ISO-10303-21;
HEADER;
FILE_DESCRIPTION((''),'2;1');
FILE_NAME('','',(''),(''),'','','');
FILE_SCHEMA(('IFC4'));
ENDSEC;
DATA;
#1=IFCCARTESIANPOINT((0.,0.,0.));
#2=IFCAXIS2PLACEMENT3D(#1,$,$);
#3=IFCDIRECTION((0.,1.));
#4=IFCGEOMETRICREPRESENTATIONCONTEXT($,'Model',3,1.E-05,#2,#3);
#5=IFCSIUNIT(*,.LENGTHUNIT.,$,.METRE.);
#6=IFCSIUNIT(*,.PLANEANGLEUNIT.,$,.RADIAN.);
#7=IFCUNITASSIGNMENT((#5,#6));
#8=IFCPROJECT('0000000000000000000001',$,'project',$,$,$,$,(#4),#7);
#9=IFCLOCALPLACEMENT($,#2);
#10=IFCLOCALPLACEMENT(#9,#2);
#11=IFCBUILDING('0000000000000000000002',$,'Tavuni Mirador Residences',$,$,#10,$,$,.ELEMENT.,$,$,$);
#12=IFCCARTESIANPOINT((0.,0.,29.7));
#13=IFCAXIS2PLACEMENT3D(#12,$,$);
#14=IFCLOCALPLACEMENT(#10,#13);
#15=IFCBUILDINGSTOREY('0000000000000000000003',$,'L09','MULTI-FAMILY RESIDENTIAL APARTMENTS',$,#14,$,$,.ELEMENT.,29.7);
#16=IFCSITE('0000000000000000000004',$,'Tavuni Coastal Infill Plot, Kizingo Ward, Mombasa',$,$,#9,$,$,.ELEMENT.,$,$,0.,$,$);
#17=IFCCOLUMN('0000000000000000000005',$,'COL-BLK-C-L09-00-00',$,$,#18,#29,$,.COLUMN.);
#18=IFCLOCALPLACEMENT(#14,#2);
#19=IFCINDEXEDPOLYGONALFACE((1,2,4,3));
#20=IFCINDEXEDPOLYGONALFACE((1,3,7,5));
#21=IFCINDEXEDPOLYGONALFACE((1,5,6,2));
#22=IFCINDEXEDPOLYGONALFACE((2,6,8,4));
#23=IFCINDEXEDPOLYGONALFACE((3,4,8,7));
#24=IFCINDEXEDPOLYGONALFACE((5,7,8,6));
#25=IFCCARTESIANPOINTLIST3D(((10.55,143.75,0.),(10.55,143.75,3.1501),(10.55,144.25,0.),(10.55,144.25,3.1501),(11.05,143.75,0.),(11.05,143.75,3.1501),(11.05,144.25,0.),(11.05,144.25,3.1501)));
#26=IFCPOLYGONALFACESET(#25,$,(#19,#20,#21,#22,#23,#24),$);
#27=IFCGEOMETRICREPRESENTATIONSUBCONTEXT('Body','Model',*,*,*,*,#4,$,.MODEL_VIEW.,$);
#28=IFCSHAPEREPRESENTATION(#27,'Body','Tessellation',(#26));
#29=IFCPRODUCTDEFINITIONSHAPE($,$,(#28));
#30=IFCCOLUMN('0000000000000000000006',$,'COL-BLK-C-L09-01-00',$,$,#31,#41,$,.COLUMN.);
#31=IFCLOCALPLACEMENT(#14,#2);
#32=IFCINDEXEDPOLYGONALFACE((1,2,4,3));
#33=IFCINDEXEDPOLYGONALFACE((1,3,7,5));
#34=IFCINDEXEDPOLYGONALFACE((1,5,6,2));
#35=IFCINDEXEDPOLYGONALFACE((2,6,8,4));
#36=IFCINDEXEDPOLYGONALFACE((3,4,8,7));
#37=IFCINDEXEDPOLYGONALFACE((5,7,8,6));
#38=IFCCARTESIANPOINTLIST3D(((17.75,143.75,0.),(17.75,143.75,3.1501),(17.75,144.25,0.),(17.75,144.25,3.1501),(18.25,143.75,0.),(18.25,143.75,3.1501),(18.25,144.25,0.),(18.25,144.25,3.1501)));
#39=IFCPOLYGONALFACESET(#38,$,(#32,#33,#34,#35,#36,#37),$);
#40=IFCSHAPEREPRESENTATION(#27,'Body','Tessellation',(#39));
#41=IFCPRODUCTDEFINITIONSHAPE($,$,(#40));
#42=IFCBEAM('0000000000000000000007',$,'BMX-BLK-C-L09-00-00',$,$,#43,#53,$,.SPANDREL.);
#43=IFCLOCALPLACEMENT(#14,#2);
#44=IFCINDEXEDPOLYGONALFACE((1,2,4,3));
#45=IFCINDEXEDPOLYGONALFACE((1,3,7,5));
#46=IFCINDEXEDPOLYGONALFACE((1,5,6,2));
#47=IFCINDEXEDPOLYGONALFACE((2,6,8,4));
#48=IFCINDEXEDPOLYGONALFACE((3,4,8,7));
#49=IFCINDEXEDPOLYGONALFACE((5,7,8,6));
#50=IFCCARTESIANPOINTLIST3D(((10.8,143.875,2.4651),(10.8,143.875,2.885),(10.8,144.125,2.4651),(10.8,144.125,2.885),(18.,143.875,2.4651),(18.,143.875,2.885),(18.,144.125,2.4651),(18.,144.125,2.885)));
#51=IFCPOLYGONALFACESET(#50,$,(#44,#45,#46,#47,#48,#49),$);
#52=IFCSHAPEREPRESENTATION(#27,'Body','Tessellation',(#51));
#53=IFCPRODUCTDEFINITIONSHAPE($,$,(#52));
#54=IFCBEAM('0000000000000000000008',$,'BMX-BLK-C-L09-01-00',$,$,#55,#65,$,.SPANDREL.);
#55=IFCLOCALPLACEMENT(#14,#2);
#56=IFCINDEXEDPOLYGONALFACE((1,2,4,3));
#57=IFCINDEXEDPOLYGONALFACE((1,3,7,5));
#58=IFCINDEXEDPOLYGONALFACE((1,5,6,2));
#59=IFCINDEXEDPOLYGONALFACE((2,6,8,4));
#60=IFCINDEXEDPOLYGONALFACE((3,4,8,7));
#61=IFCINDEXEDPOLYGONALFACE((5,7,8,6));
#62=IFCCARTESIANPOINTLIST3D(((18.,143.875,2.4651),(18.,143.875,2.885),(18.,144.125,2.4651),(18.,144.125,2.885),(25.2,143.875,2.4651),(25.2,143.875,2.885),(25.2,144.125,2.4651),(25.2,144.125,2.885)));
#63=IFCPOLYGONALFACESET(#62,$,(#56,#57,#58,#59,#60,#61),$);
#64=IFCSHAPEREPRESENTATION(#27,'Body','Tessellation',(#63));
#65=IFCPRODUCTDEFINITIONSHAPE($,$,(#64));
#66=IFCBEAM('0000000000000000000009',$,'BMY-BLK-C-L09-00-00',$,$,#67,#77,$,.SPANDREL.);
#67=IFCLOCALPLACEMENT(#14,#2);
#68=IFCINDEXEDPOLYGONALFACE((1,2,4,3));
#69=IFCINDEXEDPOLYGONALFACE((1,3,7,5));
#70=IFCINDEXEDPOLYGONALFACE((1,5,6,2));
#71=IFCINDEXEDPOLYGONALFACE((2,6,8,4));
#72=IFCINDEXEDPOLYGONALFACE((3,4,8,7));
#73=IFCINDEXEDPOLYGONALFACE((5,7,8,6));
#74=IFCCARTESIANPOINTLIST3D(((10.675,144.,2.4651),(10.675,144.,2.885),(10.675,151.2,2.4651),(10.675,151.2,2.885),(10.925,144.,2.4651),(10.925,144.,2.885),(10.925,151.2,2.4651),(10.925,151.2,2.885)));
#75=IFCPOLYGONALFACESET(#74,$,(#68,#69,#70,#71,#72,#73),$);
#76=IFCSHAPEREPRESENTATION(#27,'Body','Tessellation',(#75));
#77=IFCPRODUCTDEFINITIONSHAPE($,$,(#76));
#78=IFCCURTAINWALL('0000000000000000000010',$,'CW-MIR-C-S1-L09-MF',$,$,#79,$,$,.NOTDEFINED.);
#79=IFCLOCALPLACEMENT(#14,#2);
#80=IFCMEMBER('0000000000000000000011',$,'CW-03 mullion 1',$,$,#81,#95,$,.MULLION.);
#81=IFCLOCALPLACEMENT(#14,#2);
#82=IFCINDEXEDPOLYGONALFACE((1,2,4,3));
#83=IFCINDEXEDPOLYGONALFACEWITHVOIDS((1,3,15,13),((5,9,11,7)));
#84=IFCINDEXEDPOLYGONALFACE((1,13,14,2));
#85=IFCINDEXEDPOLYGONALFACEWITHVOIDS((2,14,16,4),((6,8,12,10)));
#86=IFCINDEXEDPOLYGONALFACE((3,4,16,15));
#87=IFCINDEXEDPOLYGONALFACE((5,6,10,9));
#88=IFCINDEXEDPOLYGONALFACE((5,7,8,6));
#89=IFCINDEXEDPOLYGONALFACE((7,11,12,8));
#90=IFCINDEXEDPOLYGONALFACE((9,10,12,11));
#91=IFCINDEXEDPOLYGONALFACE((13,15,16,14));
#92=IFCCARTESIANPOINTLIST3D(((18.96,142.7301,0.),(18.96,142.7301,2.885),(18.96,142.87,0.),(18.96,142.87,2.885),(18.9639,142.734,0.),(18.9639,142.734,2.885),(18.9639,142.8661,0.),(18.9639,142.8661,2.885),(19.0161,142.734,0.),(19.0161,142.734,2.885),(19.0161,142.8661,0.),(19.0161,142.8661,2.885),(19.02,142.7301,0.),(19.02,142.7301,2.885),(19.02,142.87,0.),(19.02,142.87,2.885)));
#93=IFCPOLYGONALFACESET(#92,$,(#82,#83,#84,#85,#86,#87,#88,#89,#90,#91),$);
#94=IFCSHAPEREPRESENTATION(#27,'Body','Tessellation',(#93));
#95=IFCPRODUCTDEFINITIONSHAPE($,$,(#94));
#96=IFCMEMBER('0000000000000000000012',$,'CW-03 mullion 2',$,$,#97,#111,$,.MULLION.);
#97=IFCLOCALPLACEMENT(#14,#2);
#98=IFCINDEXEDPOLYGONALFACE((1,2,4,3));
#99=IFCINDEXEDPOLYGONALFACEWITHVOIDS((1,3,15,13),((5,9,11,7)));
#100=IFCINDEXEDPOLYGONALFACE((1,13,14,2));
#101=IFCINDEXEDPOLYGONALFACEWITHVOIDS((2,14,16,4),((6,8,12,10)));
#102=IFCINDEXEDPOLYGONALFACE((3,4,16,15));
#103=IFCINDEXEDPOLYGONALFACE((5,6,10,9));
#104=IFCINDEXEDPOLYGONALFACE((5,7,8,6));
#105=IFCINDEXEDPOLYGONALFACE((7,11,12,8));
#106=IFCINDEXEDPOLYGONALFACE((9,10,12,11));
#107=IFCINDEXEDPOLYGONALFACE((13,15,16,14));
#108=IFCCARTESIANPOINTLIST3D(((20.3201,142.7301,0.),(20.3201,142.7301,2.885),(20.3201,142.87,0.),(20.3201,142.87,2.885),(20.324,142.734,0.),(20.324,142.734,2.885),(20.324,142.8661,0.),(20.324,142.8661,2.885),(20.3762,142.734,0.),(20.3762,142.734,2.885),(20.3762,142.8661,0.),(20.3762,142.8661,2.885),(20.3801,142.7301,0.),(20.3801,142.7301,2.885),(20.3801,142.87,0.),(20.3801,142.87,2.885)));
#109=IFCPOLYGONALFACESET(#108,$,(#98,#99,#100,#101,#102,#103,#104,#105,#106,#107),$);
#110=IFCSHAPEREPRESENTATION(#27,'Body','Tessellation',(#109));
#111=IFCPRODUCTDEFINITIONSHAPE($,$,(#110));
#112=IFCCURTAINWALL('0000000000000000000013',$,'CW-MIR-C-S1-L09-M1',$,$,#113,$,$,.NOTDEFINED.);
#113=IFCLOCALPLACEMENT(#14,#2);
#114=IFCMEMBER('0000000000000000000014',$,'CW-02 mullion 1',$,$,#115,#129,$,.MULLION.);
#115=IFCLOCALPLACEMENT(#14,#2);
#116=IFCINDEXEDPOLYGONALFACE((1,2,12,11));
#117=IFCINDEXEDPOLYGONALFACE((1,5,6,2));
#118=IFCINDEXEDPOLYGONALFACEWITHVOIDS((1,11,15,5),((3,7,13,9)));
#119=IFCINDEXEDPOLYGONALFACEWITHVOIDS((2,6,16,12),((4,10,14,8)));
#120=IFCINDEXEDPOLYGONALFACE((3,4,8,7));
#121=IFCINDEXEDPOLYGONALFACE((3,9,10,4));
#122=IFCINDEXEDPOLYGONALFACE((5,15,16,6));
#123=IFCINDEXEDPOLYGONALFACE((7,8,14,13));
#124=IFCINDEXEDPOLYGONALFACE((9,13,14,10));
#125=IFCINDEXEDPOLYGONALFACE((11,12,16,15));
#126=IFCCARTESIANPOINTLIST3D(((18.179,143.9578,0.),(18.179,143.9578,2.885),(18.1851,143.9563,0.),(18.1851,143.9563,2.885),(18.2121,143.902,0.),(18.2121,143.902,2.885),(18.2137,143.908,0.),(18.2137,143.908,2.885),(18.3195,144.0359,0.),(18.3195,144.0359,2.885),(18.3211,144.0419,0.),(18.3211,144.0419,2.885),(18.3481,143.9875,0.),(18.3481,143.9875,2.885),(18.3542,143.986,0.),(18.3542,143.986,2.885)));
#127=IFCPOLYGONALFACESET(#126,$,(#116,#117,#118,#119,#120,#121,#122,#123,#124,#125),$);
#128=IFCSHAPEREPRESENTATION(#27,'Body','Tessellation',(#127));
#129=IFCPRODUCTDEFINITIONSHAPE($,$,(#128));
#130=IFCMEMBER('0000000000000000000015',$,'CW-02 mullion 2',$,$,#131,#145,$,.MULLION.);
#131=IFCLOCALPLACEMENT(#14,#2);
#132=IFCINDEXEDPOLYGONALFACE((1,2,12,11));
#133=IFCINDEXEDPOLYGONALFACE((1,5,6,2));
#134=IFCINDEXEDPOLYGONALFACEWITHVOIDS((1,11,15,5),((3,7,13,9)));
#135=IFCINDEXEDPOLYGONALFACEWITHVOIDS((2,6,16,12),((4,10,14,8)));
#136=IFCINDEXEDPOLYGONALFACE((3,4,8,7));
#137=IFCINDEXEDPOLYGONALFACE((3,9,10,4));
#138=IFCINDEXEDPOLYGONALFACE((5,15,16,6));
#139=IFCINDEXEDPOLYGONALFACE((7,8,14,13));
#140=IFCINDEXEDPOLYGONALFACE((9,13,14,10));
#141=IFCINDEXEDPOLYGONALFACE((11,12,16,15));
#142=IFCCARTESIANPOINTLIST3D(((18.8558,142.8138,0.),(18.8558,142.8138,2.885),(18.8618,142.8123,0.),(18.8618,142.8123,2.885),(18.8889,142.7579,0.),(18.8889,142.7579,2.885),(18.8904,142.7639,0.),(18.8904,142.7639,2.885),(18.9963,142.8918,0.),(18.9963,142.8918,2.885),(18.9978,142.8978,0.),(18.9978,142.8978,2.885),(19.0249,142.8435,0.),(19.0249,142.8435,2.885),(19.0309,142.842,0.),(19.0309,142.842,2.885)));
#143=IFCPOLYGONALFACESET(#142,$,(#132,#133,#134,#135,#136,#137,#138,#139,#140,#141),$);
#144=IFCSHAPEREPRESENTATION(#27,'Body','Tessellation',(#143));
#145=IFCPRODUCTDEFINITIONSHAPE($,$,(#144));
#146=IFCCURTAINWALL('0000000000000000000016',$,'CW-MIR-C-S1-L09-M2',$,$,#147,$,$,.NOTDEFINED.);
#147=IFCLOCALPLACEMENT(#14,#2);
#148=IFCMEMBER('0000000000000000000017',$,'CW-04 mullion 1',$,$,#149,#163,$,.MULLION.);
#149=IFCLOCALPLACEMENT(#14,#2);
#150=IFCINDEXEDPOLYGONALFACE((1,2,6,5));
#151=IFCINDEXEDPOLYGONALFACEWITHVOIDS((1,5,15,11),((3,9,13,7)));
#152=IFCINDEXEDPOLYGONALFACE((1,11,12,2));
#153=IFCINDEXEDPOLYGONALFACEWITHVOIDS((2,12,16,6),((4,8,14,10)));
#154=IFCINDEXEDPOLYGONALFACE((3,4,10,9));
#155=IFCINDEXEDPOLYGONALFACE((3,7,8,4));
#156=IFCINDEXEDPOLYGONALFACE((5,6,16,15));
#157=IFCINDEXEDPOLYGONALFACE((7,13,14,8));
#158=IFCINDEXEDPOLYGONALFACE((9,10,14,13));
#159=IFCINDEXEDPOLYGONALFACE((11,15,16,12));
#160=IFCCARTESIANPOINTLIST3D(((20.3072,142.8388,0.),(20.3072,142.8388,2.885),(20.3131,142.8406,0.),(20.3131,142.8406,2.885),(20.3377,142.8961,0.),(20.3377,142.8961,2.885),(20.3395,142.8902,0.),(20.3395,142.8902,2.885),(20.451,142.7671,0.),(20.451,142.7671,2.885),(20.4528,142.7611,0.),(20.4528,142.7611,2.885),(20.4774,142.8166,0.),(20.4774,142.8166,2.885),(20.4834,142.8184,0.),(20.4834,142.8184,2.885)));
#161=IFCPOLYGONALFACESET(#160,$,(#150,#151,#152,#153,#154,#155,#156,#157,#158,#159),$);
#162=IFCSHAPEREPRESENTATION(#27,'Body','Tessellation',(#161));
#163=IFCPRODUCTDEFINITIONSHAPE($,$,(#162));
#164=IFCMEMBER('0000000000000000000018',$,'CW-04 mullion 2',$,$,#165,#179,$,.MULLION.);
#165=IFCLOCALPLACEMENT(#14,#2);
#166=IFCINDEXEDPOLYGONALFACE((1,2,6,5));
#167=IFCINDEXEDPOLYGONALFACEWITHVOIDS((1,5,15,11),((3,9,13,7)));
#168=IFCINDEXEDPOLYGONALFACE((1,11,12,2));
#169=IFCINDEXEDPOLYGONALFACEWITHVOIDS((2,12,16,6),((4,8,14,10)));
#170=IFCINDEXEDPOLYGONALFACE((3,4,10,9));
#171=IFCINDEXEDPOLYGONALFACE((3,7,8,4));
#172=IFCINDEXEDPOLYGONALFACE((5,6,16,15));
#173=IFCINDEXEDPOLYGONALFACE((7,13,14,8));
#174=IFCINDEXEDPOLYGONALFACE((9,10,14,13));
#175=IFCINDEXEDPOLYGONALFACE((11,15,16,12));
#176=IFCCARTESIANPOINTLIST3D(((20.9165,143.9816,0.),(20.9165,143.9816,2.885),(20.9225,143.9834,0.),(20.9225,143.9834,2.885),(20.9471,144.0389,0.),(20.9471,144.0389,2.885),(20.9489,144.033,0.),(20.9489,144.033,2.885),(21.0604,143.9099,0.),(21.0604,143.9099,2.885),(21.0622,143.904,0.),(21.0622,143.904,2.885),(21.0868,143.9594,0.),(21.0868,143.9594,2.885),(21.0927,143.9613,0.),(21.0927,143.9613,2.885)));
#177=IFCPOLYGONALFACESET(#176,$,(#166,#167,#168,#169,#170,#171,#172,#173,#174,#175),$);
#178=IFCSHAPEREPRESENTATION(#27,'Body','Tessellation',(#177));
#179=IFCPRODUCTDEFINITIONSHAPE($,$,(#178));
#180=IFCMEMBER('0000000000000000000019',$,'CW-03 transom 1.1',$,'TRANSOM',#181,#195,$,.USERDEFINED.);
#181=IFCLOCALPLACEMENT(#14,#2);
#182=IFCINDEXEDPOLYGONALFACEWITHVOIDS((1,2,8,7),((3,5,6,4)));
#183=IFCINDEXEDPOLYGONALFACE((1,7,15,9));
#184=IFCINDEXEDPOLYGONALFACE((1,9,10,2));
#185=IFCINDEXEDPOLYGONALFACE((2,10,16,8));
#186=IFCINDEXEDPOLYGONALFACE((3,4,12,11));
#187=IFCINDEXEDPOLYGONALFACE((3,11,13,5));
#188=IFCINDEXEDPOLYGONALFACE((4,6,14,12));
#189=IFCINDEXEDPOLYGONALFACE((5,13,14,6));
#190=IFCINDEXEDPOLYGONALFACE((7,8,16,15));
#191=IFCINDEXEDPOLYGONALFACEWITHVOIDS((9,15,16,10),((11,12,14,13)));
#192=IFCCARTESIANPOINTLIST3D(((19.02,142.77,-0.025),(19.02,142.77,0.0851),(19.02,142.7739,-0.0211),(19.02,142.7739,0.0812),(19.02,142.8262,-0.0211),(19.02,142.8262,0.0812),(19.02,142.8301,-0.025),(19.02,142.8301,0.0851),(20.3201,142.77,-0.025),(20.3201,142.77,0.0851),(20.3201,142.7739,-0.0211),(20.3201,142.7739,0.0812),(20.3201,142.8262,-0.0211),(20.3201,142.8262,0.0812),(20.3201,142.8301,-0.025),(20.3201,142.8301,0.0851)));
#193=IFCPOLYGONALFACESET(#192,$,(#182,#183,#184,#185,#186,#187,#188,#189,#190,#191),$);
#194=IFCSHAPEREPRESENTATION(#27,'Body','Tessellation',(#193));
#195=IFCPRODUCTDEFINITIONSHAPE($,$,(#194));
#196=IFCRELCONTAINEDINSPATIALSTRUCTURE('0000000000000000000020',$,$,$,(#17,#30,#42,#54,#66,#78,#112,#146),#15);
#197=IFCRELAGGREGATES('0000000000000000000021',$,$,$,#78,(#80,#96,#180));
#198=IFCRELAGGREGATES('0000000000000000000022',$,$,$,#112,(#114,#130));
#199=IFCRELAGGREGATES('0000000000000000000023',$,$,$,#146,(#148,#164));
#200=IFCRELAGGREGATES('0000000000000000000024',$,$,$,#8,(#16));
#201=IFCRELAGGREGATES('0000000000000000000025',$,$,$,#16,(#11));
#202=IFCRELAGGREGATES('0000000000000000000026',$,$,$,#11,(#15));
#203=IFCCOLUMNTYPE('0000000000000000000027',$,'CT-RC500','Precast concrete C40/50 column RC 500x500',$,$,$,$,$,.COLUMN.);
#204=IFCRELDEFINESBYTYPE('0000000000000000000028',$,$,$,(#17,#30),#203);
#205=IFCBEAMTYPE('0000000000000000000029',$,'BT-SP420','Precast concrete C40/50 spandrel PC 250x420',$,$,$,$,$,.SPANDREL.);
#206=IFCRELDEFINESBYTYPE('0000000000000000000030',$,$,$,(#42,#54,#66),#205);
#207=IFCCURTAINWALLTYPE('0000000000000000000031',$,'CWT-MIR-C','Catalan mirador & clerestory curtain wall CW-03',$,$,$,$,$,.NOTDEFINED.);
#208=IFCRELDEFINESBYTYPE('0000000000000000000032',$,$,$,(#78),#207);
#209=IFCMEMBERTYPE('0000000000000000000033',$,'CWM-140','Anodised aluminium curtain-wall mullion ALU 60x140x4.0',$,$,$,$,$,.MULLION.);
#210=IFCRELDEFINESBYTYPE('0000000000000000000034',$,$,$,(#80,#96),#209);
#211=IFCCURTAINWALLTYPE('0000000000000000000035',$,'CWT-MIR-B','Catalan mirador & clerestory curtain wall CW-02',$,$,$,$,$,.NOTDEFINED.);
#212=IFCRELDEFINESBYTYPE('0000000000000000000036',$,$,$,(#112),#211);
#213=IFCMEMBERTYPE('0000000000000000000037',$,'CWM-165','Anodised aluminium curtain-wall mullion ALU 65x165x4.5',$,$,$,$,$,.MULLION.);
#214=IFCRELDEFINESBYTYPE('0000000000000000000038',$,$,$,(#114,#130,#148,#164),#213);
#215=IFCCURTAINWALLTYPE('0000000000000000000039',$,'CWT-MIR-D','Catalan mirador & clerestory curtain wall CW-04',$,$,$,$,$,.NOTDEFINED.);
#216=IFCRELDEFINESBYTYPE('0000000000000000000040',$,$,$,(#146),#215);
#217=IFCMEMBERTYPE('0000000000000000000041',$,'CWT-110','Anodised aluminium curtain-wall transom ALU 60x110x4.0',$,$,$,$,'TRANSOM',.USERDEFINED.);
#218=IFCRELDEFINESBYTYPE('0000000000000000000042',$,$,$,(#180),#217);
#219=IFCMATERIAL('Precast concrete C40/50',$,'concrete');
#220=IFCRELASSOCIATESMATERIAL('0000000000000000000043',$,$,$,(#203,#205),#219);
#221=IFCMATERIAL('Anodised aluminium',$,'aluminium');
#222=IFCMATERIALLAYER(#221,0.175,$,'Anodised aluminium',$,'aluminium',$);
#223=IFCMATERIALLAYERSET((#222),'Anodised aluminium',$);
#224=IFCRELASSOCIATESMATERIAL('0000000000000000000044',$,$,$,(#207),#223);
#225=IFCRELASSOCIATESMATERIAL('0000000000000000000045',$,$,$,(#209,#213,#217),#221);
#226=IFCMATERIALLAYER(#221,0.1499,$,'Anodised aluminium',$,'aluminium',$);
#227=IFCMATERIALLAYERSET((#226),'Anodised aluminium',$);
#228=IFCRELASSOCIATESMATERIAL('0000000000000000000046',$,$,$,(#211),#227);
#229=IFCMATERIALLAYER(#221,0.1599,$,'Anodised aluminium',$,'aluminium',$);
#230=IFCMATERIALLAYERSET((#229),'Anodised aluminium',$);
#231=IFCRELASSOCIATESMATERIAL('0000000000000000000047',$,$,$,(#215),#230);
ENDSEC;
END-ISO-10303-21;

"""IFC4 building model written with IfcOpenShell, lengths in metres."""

from ifc_helpers import new_model, si_unit, direction, frame, origin, origin_2d, place, context, subcontext, project, spatial, rectangle, hollow_rectangle, extrude, material, layer, layer_set, material_profile, profile_set, type_object, element, aggregate, save


model = new_model("IFC4")

# Units and contexts
model_context = context("Model", 3, precision=1e-05, world=origin(), true_north=direction((0.0, 1.0)))
body_context = subcontext(model_context, "Body", "Model", "MODEL_VIEW")
ifc_project = project(units=[si_unit("LENGTHUNIT", "METRE"), si_unit("PLANEANGLEUNIT", "RADIAN")], contexts=[model_context])

# Site, building, storey
site_placement = place(None, origin())
site = spatial("IfcSite", under=ifc_project, at=site_placement, Name="Tavuni Coastal Infill Plot, Kizingo Ward, Mombasa", CompositionType="ELEMENT", RefElevation=0.0)
building_placement = place(site_placement, origin())
building = spatial("IfcBuilding", under=site, at=building_placement, Name="Tavuni Mirador Residences", CompositionType="ELEMENT")
storey_placement = place(building_placement, frame((0.0, 0.0, 29.7)))
storey = spatial("IfcBuildingStorey", under=building, at=storey_placement, Name="L09", Description="MULTI-FAMILY RESIDENTIAL APARTMENTS", CompositionType="ELEMENT", Elevation=29.7)

# Columns
ifc_material_1 = material(Name="Precast concrete C40/50", Category="concrete")
ifc_material_profile_1 = material_profile(ifc_material_1, rectangle(XDim=0.5, YDim=0.5, at=origin_2d()), Name="RC 500x500", Category="concrete")
ifc_profile_set_1 = profile_set([ifc_material_profile_1], Name="Precast concrete C40/50")
column_type = type_object("IfcColumnType", Name="CT-RC500", Description="Precast concrete C40/50 column RC 500x500", PredefinedType="COLUMN", material=ifc_profile_set_1)
for number, where, z_axis, x_axis, name in (
    (1, (10.8, 144.0, 0.0), (0.0, 0.0, 1.0), (1.0, 0.0, 0.0), "COL-BLK-C-L09-00-00"),
    (2, (18.0, 144.0, 0.0), (0.0, 0.0, 1.0), (1.0, 0.0, 0.0), "COL-BLK-C-L09-01-00"),
):
    element("IfcColumn", number, at=place(storey_placement, frame(where, z_axis=z_axis, x_axis=x_axis)), inside=storey, type_object=column_type, Name=name, PredefinedType="COLUMN", context=body_context, shape_type="SweptSolid", body=[
        extrude(rectangle(XDim=0.5, YDim=0.5, at=origin_2d()), origin(), (0.0, 0.0, 1.0), 3.1501),
    ])

# Beams
ifc_material_profile_2 = material_profile(ifc_material_1, rectangle(XDim=0.25, YDim=0.4199, at=origin_2d()), Name="PC 250x420", Category="concrete")
ifc_profile_set_2 = profile_set([ifc_material_profile_2], Name="Precast concrete C40/50")
beam_type = type_object("IfcBeamType", Name="BT-SP420", Description="Precast concrete C40/50 spandrel PC 250x420", PredefinedType="SPANDREL", material=ifc_profile_set_2)
for number, where, z_axis, x_axis, name in (
    (3, (10.8, 144.0, 2.675), (1.0, 0.0, 0.0), (0.0, 1.0, 0.0), "BMX-BLK-C-L09-00-00"),
    (4, (18.0, 144.0, 2.675), (1.0, 0.0, 0.0), (0.0, 1.0, 0.0), "BMX-BLK-C-L09-01-00"),
    (5, (10.8, 144.0, 2.675), (0.0, 1.0, 0.0), (-1.0, 0.0, 0.0), "BMY-BLK-C-L09-00-00"),
):
    element("IfcBeam", number, at=place(storey_placement, frame(where, z_axis=z_axis, x_axis=x_axis)), inside=storey, type_object=beam_type, Name=name, PredefinedType="SPANDREL", context=body_context, shape_type="SweptSolid", body=[
        extrude(rectangle(XDim=0.25, YDim=0.4199, at=origin_2d()), origin(), (0.0, 0.0, 1.0), 7.2),
    ])

# Curtain walls, members
ifc_material_2 = material(Name="Anodised aluminium", Category="aluminium")
ifc_layer_1 = layer(ifc_material_2, 0.175, Name="Anodised aluminium", Category="aluminium")
ifc_layer_set_1 = layer_set([ifc_layer_1], Name="Anodised aluminium")
curtain_wall_type_1 = type_object("IfcCurtainWallType", Name="CWT-MIR-C", Description="Catalan mirador & clerestory curtain wall CW-03", PredefinedType="NOTDEFINED", material=ifc_layer_set_1)
curtain_wall_1_placement = place(storey_placement, origin())
curtain_wall_1 = element("IfcCurtainWall", 6, at=curtain_wall_1_placement, inside=storey, type_object=curtain_wall_type_1, Name="CW-MIR-C-S1-L09-MF", PredefinedType="NOTDEFINED")
ifc_material_profile_3 = material_profile(ifc_material_2, hollow_rectangle(XDim=0.0601, YDim=0.1399, WallThickness=0.0039, at=origin_2d()), Name="ALU 60x140x4.0", Category="aluminium")
ifc_profile_set_3 = profile_set([ifc_material_profile_3], Name="Anodised aluminium")
member_type_1 = type_object("IfcMemberType", Name="CWM-140", Description="Anodised aluminium curtain-wall mullion ALU 60x140x4.0", PredefinedType="MULLION", material=ifc_profile_set_3)
member_1_placement = place(storey_placement, frame((18.99, 142.8, 0.0), z_axis=(0.0, 0.0, 1.0), x_axis=(1.0, 0.0, 0.0)))
member_1 = element("IfcMember", 7, at=member_1_placement, type_object=member_type_1, Name="CW-03 mullion 1", PredefinedType="MULLION", context=body_context, shape_type="SweptSolid", body=[
    extrude(hollow_rectangle(XDim=0.0601, YDim=0.1399, WallThickness=0.0039, at=origin_2d()), origin(), (0.0, 0.0, 1.0), 2.885),
])
member_2_placement = place(storey_placement, frame((20.3501, 142.8, 0.0), z_axis=(0.0, 0.0, 1.0), x_axis=(1.0, 0.0, 0.0)))
member_2 = element("IfcMember", 8, at=member_2_placement, type_object=member_type_1, Name="CW-03 mullion 2", PredefinedType="MULLION", context=body_context, shape_type="SweptSolid", body=[
    extrude(hollow_rectangle(XDim=0.0601, YDim=0.1399, WallThickness=0.0039, at=origin_2d()), origin(), (0.0, 0.0, 1.0), 2.885),
])
ifc_layer_2 = layer(ifc_material_2, 0.1499, Name="Anodised aluminium", Category="aluminium")
ifc_layer_set_2 = layer_set([ifc_layer_2], Name="Anodised aluminium")
curtain_wall_type_2 = type_object("IfcCurtainWallType", Name="CWT-MIR-B", Description="Catalan mirador & clerestory curtain wall CW-02", PredefinedType="NOTDEFINED", material=ifc_layer_set_2)
curtain_wall_2_placement = place(storey_placement, origin())
curtain_wall_2 = element("IfcCurtainWall", 9, at=curtain_wall_2_placement, inside=storey, type_object=curtain_wall_type_2, Name="CW-MIR-C-S1-L09-M1", PredefinedType="NOTDEFINED")
ifc_material_profile_4 = material_profile(ifc_material_2, hollow_rectangle(XDim=0.0649, YDim=0.165, WallThickness=0.0044, at=origin_2d()), Name="ALU 65x165x4.5", Category="aluminium")
ifc_profile_set_4 = profile_set([ifc_material_profile_4], Name="Anodised aluminium")
member_type_2 = type_object("IfcMemberType", Name="CWM-165", Description="Anodised aluminium curtain-wall mullion ALU 65x165x4.5", PredefinedType="MULLION", material=ifc_profile_set_4)
member_3_placement = place(storey_placement, frame((18.2666, 143.9719, 0.0), z_axis=(0.0, 0.0, 1.0), x_axis=(0.509212, -0.860641, 0.0)))
member_3 = element("IfcMember", 10, at=member_3_placement, type_object=member_type_2, Name="CW-02 mullion 1", PredefinedType="MULLION", context=body_context, shape_type="SweptSolid", body=[
    extrude(hollow_rectangle(XDim=0.0649, YDim=0.165, WallThickness=0.0044, at=origin_2d()), origin(), (0.0, 0.0, 1.0), 2.885),
])
member_4_placement = place(storey_placement, frame((18.9434, 142.8279, 0.0), z_axis=(0.0, 0.0, 1.0), x_axis=(0.509212, -0.860641, 0.0)))
member_4 = element("IfcMember", 11, at=member_4_placement, type_object=member_type_2, Name="CW-02 mullion 2", PredefinedType="MULLION", context=body_context, shape_type="SweptSolid", body=[
    extrude(hollow_rectangle(XDim=0.0649, YDim=0.165, WallThickness=0.0044, at=origin_2d()), origin(), (0.0, 0.0, 1.0), 2.885),
])
ifc_layer_3 = layer(ifc_material_2, 0.1599, Name="Anodised aluminium", Category="aluminium")
ifc_layer_set_3 = layer_set([ifc_layer_3], Name="Anodised aluminium")
curtain_wall_type_3 = type_object("IfcCurtainWallType", Name="CWT-MIR-D", Description="Catalan mirador & clerestory curtain wall CW-04", PredefinedType="NOTDEFINED", material=ifc_layer_set_3)
curtain_wall_3_placement = place(storey_placement, origin())
curtain_wall_3 = element("IfcCurtainWall", 12, at=curtain_wall_3_placement, inside=storey, type_object=curtain_wall_type_3, Name="CW-MIR-C-S1-L09-M2", PredefinedType="NOTDEFINED")
member_5_placement = place(storey_placement, frame((20.3953, 142.8286, 0.0), z_axis=(0.0, 0.0, 1.0), x_axis=(0.470588, 0.882353, 0.0)))
member_5 = element("IfcMember", 13, at=member_5_placement, type_object=member_type_2, Name="CW-04 mullion 1", PredefinedType="MULLION", context=body_context, shape_type="SweptSolid", body=[
    extrude(hollow_rectangle(XDim=0.0649, YDim=0.165, WallThickness=0.0044, at=origin_2d()), origin(), (0.0, 0.0, 1.0), 2.885),
])
member_6_placement = place(storey_placement, frame((21.0046, 143.9714, 0.0), z_axis=(0.0, 0.0, 1.0), x_axis=(0.470588, 0.882353, 0.0)))
member_6 = element("IfcMember", 14, at=member_6_placement, type_object=member_type_2, Name="CW-04 mullion 2", PredefinedType="MULLION", context=body_context, shape_type="SweptSolid", body=[
    extrude(hollow_rectangle(XDim=0.0649, YDim=0.165, WallThickness=0.0044, at=origin_2d()), origin(), (0.0, 0.0, 1.0), 2.885),
])

# Member
ifc_material_profile_5 = material_profile(ifc_material_2, hollow_rectangle(XDim=0.0601, YDim=0.1101, WallThickness=0.0039, at=origin_2d()), Name="ALU 60x110x4.0", Category="aluminium")
ifc_profile_set_5 = profile_set([ifc_material_profile_5], Name="Anodised aluminium")
member_type_3 = type_object("IfcMemberType", Name="CWT-110", Description="Anodised aluminium curtain-wall transom ALU 60x110x4.0", ElementType="TRANSOM", PredefinedType="USERDEFINED", material=ifc_profile_set_5)
member_7_placement = place(storey_placement, frame((19.02, 142.8, 0.03), z_axis=(1.0, 0.0, 0.0), x_axis=(0.0, 1.0, 0.0)))
member_7 = element("IfcMember", 15, at=member_7_placement, type_object=member_type_3, Name="CW-03 transom 1.1", ObjectType="TRANSOM", PredefinedType="USERDEFINED", context=body_context, shape_type="SweptSolid", body=[
    extrude(hollow_rectangle(XDim=0.0601, YDim=0.1101, WallThickness=0.0039, at=origin_2d()), origin(), (0.0, 0.0, 1.0), 1.3),
])

aggregate(curtain_wall_1, [member_1, member_2, member_7])
aggregate(curtain_wall_2, [member_3, member_4])
aggregate(curtain_wall_3, [member_5, member_6])

save(model, "model.ifc")
